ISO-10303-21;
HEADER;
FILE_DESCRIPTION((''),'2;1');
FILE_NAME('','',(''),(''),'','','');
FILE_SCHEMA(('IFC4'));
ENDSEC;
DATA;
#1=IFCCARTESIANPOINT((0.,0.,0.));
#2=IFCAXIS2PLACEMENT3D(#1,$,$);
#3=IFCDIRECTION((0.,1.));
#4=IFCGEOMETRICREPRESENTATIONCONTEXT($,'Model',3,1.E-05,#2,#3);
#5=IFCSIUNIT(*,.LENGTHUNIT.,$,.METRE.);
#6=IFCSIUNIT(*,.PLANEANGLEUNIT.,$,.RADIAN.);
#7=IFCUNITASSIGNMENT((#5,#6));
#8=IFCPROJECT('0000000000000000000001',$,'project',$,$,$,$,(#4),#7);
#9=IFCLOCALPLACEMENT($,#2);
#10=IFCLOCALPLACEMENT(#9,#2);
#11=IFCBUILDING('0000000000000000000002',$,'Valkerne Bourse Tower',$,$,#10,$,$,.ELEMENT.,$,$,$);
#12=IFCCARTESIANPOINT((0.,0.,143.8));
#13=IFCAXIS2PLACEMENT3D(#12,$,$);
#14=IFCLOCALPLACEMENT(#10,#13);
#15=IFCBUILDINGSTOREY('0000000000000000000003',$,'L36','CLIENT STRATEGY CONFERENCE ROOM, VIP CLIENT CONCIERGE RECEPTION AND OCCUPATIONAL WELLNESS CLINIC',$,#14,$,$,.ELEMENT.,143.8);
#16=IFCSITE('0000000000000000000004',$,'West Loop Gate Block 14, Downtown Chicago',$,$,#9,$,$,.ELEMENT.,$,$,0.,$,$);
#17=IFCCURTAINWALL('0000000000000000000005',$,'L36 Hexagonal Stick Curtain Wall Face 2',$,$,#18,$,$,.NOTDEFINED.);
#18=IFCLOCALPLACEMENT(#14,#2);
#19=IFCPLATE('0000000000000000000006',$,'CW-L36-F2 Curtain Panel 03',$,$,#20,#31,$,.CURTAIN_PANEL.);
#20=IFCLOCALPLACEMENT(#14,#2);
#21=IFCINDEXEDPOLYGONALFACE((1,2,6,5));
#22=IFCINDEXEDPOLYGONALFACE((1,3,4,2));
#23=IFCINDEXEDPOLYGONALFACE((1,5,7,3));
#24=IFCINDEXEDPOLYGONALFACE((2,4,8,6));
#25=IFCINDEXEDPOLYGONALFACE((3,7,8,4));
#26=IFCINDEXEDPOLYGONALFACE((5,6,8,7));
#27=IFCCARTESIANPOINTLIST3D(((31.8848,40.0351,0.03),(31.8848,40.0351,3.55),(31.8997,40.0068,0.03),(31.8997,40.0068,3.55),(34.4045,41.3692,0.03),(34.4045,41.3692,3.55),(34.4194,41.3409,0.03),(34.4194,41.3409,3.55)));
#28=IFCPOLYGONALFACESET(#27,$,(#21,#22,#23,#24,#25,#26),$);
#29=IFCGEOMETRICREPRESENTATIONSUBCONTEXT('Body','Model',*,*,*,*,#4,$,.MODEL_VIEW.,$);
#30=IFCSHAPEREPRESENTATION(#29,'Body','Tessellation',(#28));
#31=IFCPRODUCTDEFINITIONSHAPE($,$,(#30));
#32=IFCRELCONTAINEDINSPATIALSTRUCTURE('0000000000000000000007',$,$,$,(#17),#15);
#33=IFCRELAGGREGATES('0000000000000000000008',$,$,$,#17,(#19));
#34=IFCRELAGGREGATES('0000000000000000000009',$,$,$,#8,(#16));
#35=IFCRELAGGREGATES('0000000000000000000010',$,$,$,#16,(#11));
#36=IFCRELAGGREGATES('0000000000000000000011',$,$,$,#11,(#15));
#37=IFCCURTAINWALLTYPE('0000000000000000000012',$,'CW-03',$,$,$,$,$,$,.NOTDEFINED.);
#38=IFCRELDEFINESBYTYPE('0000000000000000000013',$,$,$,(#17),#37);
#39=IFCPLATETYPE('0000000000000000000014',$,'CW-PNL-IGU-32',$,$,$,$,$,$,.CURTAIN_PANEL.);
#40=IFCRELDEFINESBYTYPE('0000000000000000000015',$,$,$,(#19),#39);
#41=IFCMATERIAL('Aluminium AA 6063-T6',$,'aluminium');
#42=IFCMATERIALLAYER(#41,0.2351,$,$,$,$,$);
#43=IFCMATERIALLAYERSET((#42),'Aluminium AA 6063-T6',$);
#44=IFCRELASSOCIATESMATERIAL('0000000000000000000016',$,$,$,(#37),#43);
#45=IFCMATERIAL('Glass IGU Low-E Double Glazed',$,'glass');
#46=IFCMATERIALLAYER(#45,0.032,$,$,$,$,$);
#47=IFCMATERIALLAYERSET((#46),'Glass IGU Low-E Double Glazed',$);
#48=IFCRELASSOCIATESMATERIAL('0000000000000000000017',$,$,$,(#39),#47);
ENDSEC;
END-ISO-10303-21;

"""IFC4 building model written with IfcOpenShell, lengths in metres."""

from ifc_helpers import new_model, si_unit, direction, frame, origin, origin_2d, place, context, subcontext, project, spatial, rectangle, extrude, material, layer, layer_set, type_object, element, aggregate, save


model = new_model("IFC4")

# Units and contexts
model_context = context("Model", 3, precision=1e-05, world=origin(), true_north=direction((0.0, 1.0)))
body_context = subcontext(model_context, "Body", "Model", "MODEL_VIEW")
ifc_project = project(units=[si_unit("LENGTHUNIT", "METRE"), si_unit("PLANEANGLEUNIT", "RADIAN")], contexts=[model_context])

# Site, building, storey
site_placement = place(None, origin())
site = spatial("IfcSite", under=ifc_project, at=site_placement, Name="West Loop Gate Block 14, Downtown Chicago", CompositionType="ELEMENT", RefElevation=0.0)
building_placement = place(site_placement, origin())
building = spatial("IfcBuilding", under=site, at=building_placement, Name="Valkerne Bourse Tower", CompositionType="ELEMENT")
storey_placement = place(building_placement, frame((0.0, 0.0, 143.8)))
storey = spatial("IfcBuildingStorey", under=building, at=storey_placement, Name="L36", Description="CLIENT STRATEGY CONFERENCE ROOM, VIP CLIENT CONCIERGE RECEPTION AND OCCUPATIONAL WELLNESS CLINIC", CompositionType="ELEMENT", Elevation=143.8)

# Curtain wall
ifc_material_1 = material(Name="Aluminium AA 6063-T6", Category="aluminium")
ifc_layer_1 = layer(ifc_material_1, 0.2351)
ifc_layer_set_1 = layer_set([ifc_layer_1], Name="Aluminium AA 6063-T6")
curtain_wall_type = type_object("IfcCurtainWallType", Name="CW-03", PredefinedType="NOTDEFINED", material=ifc_layer_set_1)
curtain_wall_placement = place(storey_placement, origin())
curtain_wall = element("IfcCurtainWall", 1, at=curtain_wall_placement, inside=storey, type_object=curtain_wall_type, Name="L36 Hexagonal Stick Curtain Wall Face 2", PredefinedType="NOTDEFINED")

# Plate
ifc_material_2 = material(Name="Glass IGU Low-E Double Glazed", Category="glass")
ifc_layer_2 = layer(ifc_material_2, 0.032)
ifc_layer_set_2 = layer_set([ifc_layer_2], Name="Glass IGU Low-E Double Glazed")
plate_type = type_object("IfcPlateType", Name="CW-PNL-IGU-32", PredefinedType="CURTAIN_PANEL", material=ifc_layer_set_2)
plate_1_placement = place(storey_placement, frame((33.1521, 40.688, 0.03), z_axis=(0.0, 0.0, 1.0), x_axis=(-0.883763, -0.467935, 0.0)))
plate_1 = element("IfcPlate", 2, at=plate_1_placement, type_object=plate_type, Name="CW-L36-F2 Curtain Panel 03", PredefinedType="CURTAIN_PANEL", context=body_context, shape_type="SweptSolid", body=[
    extrude(rectangle(XDim=2.8511, YDim=0.032, at=origin_2d()), origin(), (0.0, 0.0, 1.0), 3.52),
])
aggregate(curtain_wall, [plate_1])

save(model, "model.ifc")
